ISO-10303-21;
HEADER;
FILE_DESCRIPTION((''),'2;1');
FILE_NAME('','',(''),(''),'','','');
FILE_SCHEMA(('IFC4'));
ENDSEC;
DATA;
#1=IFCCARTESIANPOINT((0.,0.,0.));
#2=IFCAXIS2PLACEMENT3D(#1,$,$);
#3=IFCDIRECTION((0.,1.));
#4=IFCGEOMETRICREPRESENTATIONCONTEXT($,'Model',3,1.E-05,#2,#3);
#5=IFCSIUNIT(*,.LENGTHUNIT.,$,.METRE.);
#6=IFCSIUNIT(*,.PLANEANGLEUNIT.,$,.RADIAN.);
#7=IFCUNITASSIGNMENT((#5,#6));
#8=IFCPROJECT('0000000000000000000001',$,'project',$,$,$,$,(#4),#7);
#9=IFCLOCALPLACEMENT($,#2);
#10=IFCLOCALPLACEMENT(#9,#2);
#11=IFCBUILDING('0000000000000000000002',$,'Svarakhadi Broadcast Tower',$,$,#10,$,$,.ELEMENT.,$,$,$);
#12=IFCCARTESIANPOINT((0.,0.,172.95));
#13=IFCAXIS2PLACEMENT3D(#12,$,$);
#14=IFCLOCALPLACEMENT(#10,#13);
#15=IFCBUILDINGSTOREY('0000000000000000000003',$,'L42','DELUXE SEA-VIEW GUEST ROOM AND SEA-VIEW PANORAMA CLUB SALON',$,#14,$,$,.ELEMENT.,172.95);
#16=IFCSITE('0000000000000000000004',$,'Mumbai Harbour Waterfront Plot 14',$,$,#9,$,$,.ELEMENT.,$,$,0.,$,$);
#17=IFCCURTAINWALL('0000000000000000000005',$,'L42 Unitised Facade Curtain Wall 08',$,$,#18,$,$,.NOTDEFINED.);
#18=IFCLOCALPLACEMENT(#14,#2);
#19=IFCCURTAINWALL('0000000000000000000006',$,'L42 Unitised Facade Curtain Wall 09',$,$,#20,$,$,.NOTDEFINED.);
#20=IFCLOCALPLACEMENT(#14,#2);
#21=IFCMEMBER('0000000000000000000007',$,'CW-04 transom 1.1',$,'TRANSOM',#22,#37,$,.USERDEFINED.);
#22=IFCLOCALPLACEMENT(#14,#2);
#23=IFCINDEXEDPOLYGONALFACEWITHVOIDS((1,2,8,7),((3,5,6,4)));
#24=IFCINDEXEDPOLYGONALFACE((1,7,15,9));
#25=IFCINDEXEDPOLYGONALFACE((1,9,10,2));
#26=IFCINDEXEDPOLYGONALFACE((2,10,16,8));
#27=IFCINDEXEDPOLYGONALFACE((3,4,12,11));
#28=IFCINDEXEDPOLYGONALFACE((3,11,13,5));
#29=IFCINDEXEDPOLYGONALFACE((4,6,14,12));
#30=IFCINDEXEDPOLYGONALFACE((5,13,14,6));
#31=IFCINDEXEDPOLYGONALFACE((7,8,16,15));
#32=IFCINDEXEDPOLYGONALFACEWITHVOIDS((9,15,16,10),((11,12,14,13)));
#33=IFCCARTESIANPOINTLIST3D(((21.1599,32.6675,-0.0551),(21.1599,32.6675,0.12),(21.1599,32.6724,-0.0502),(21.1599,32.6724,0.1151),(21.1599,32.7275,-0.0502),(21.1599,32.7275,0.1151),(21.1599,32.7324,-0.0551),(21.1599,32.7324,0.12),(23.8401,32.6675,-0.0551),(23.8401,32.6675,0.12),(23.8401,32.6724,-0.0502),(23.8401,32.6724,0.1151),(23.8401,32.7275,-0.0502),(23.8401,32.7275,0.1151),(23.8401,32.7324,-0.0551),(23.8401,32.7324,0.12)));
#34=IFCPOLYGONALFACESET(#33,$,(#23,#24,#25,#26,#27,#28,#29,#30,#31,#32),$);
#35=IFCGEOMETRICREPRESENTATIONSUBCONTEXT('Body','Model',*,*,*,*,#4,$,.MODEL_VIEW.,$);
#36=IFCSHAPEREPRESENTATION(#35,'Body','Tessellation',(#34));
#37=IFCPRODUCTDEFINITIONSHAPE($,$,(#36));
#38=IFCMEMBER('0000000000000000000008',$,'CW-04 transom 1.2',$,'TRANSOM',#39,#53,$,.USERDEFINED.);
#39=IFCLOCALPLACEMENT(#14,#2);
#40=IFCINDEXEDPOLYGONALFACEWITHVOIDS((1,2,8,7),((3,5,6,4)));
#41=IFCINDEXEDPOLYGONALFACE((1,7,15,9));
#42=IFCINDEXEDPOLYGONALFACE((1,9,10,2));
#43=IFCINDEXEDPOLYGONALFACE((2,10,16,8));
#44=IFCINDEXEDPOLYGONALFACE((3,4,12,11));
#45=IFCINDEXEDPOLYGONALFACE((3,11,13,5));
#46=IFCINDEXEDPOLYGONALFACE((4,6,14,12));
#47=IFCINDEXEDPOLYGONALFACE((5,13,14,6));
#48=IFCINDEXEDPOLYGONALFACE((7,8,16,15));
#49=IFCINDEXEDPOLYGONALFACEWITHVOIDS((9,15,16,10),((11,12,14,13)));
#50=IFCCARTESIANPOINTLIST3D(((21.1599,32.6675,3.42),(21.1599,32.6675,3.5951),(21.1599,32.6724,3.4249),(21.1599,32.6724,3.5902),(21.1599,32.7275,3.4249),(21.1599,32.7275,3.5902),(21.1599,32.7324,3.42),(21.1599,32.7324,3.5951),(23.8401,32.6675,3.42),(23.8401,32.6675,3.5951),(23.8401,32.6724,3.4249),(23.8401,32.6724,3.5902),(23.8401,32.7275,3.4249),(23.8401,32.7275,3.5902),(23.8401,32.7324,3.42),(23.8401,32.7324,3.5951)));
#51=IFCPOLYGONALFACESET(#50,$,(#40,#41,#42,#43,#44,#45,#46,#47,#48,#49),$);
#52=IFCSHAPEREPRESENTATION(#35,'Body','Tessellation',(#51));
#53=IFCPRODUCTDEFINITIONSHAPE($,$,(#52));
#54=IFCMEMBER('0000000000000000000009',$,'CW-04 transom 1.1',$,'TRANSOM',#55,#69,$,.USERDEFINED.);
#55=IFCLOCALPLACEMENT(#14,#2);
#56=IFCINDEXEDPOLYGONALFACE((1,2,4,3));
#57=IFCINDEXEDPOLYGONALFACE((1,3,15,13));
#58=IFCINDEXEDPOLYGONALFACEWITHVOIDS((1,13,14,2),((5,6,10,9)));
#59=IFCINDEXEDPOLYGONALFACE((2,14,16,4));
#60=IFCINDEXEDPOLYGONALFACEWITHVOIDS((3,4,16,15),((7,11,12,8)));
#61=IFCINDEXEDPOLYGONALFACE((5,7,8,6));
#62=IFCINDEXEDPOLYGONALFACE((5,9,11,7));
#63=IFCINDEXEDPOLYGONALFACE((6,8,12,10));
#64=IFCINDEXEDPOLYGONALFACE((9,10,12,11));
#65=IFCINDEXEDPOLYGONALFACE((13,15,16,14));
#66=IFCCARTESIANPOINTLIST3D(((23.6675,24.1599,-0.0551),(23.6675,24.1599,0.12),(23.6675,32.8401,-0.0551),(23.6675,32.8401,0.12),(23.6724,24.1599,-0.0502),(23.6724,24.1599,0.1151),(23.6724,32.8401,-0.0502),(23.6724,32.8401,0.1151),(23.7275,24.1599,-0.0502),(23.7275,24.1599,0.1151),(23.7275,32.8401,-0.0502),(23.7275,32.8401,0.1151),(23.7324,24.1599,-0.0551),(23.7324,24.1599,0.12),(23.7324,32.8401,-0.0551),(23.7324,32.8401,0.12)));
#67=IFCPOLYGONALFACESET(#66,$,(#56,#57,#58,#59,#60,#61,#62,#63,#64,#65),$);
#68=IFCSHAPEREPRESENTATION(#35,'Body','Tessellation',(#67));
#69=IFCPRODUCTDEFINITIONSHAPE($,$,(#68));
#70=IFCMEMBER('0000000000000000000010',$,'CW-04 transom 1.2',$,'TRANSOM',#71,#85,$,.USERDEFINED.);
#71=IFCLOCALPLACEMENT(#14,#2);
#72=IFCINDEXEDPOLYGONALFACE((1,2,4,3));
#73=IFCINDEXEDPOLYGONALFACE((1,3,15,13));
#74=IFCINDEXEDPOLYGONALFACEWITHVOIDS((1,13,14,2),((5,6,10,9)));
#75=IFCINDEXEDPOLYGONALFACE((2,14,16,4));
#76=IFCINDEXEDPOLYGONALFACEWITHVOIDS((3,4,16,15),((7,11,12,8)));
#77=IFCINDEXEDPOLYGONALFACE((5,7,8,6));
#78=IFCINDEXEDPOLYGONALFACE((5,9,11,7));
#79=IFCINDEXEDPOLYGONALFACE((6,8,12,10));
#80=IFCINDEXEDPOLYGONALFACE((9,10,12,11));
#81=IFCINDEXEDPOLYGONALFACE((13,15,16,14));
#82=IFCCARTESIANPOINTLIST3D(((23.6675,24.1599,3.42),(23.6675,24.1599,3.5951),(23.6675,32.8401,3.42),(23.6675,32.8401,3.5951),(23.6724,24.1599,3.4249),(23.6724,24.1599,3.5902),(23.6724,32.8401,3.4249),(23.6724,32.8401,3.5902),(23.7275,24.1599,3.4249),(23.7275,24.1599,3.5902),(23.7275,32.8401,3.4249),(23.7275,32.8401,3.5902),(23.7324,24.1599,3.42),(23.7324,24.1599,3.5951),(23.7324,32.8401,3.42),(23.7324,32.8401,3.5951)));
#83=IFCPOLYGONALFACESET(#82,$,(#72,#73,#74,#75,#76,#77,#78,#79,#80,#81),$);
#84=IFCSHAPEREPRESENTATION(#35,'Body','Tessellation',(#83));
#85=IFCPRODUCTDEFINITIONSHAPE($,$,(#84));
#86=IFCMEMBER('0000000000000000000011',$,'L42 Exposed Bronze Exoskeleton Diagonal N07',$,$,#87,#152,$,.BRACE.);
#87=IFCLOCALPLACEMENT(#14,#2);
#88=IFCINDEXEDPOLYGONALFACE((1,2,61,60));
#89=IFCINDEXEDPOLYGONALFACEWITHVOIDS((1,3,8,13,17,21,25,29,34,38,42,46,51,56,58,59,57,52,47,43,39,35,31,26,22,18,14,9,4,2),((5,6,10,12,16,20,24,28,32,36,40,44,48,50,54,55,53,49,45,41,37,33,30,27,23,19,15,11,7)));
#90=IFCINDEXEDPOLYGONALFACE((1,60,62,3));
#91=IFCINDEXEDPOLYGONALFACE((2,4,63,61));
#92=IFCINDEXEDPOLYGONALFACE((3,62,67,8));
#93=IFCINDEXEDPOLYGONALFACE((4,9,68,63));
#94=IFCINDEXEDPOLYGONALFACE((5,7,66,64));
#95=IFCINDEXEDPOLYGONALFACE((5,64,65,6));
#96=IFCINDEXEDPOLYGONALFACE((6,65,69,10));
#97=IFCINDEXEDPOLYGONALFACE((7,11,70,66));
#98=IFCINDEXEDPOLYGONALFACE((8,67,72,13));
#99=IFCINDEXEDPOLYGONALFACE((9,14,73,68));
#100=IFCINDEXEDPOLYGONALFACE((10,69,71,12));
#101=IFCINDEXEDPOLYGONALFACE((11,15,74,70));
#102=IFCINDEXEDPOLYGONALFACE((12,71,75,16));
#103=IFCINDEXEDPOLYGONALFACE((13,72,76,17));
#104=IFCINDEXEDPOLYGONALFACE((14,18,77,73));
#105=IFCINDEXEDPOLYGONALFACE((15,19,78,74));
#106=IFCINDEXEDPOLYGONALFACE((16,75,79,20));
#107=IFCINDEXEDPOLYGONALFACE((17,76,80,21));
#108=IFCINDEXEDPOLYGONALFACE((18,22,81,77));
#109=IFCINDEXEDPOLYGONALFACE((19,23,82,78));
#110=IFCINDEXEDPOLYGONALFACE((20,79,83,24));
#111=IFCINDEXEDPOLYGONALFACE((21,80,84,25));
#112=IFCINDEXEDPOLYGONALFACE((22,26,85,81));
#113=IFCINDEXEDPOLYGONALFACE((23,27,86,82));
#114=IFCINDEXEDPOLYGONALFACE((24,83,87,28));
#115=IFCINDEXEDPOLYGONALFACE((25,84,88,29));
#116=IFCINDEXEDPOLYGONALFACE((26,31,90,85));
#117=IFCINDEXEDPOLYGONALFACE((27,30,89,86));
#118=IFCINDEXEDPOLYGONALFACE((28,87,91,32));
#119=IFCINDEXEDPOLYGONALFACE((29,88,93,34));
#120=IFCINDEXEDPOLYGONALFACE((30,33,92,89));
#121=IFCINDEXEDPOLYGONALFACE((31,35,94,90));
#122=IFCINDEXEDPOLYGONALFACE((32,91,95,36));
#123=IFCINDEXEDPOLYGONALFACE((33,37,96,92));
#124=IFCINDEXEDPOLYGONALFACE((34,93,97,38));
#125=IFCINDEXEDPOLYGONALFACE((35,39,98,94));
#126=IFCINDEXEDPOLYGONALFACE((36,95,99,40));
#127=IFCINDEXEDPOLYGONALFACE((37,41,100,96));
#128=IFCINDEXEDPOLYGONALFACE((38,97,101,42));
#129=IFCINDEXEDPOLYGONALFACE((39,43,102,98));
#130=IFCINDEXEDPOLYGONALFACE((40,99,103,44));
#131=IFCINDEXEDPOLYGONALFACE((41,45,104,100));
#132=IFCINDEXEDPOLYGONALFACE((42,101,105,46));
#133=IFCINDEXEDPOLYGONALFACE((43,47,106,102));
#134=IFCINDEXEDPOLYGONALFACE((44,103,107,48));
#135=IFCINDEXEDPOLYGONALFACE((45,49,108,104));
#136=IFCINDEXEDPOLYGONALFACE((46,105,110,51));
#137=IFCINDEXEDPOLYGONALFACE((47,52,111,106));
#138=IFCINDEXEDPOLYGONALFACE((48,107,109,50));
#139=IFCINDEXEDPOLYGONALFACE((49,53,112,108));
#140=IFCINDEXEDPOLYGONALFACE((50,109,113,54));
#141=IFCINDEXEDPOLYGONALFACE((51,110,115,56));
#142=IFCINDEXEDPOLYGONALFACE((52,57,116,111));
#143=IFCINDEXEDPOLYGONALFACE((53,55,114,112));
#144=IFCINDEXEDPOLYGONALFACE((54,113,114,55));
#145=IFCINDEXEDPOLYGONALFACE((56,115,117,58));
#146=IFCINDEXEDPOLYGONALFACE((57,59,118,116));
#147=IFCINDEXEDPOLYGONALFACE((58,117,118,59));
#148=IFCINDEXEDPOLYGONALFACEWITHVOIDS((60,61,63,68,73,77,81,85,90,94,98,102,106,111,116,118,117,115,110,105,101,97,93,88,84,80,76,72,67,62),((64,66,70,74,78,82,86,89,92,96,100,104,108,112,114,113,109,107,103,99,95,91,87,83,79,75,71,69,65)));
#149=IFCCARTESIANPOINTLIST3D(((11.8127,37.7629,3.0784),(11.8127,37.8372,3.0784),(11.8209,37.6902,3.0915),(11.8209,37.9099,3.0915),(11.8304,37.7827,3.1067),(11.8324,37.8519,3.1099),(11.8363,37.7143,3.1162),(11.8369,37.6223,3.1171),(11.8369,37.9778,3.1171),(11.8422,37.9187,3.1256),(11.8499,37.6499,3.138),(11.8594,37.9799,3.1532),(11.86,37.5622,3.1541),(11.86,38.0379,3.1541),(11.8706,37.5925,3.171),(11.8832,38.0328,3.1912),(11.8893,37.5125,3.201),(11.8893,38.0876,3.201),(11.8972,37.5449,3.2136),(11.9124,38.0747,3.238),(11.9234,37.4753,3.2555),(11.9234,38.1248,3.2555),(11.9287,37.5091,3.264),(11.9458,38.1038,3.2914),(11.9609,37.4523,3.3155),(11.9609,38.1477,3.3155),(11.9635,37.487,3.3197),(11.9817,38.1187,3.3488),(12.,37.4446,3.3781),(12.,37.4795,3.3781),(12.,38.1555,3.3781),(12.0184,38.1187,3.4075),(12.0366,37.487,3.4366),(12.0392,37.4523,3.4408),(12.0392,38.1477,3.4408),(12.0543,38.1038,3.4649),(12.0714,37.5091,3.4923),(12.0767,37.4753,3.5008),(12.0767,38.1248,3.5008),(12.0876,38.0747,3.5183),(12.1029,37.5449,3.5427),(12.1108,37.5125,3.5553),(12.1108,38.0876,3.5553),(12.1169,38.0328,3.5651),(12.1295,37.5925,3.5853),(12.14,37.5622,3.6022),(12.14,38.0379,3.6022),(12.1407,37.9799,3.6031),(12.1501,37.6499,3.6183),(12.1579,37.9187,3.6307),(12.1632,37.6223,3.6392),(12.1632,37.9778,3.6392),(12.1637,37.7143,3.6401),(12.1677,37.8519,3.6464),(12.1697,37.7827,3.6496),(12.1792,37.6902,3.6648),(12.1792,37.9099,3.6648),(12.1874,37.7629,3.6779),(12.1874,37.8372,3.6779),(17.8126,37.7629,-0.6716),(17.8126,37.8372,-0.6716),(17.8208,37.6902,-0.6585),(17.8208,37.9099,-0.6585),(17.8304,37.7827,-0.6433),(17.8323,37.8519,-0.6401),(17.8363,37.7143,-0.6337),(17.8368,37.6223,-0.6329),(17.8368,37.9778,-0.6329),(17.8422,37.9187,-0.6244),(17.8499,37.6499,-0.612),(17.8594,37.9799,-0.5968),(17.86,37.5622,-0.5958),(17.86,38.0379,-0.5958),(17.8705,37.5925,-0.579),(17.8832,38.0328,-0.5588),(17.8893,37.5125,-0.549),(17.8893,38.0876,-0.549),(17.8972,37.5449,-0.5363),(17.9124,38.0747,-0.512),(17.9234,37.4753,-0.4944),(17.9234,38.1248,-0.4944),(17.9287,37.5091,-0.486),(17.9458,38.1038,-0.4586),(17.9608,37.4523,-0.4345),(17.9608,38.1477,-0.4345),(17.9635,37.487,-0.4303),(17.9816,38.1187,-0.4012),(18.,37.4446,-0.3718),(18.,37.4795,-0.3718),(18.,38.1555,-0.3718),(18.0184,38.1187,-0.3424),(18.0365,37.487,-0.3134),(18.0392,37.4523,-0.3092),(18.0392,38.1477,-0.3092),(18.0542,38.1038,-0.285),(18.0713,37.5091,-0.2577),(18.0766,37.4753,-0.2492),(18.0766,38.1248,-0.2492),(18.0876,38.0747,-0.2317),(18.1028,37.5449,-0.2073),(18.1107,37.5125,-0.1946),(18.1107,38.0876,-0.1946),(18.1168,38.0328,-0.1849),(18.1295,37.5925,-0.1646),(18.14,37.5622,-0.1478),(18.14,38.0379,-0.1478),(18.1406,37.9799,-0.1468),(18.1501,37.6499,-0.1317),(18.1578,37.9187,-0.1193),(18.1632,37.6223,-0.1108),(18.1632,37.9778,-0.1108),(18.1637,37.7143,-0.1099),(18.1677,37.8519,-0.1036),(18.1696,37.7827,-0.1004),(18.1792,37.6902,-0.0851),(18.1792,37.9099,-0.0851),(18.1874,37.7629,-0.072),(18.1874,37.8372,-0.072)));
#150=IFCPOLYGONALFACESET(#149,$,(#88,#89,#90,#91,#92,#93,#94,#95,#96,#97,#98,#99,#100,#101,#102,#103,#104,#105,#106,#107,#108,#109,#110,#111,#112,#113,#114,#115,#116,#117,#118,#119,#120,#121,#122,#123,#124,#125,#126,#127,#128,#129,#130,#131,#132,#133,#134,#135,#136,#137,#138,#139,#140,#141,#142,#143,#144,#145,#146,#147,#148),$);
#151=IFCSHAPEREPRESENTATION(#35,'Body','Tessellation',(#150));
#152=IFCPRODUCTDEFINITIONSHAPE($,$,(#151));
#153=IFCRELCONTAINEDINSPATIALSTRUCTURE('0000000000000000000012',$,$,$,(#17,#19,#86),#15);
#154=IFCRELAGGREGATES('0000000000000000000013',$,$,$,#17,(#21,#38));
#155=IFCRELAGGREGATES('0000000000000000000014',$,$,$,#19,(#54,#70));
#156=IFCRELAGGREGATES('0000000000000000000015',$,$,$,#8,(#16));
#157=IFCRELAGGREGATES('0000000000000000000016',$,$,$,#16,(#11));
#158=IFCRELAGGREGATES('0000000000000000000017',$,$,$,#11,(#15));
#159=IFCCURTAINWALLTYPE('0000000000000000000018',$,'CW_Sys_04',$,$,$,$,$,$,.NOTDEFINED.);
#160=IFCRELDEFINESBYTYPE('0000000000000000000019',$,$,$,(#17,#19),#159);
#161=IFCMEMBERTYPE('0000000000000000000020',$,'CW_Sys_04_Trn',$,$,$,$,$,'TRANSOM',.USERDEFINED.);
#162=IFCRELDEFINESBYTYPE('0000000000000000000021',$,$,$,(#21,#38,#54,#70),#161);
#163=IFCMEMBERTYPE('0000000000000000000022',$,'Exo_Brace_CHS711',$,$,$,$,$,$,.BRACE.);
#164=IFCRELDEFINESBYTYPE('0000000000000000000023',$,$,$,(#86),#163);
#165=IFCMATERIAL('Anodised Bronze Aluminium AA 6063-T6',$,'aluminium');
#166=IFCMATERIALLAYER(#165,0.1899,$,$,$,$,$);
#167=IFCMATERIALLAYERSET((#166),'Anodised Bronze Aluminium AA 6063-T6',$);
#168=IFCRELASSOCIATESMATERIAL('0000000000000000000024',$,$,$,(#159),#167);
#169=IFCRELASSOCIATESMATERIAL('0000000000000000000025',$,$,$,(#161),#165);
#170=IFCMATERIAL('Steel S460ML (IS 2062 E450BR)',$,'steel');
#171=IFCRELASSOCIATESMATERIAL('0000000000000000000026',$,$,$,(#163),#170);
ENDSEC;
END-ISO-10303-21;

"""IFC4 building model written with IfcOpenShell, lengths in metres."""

from ifc_helpers import new_model, si_unit, direction, frame, origin, origin_2d, place, context, subcontext, project, spatial, hollow_rectangle, hollow_circle, extrude, material, layer, layer_set, material_profile, profile_set, type_object, element, aggregate, save


model = new_model("IFC4")

# Units and contexts
model_context = context("Model", 3, precision=1e-05, world=origin(), true_north=direction((0.0, 1.0)))
body_context = subcontext(model_context, "Body", "Model", "MODEL_VIEW")
ifc_project = project(units=[si_unit("LENGTHUNIT", "METRE"), si_unit("PLANEANGLEUNIT", "RADIAN")], contexts=[model_context])

# Site, building, storey
site_placement = place(None, origin())
site = spatial("IfcSite", under=ifc_project, at=site_placement, Name="Mumbai Harbour Waterfront Plot 14", CompositionType="ELEMENT", RefElevation=0.0)
building_placement = place(site_placement, origin())
building = spatial("IfcBuilding", under=site, at=building_placement, Name="Svarakhadi Broadcast Tower", CompositionType="ELEMENT")
storey_placement = place(building_placement, frame((0.0, 0.0, 172.95)))
storey = spatial("IfcBuildingStorey", under=building, at=storey_placement, Name="L42", Description="DELUXE SEA-VIEW GUEST ROOM AND SEA-VIEW PANORAMA CLUB SALON", CompositionType="ELEMENT", Elevation=172.95)

# Curtain wall
ifc_material_1 = material(Name="Anodised Bronze Aluminium AA 6063-T6", Category="aluminium")
ifc_layer_1 = layer(ifc_material_1, 0.1899)
ifc_layer_set_1 = layer_set([ifc_layer_1], Name="Anodised Bronze Aluminium AA 6063-T6")
curtain_wall_type = type_object("IfcCurtainWallType", Name="CW_Sys_04", PredefinedType="NOTDEFINED", material=ifc_layer_set_1)
curtain_wall_1_placement = place(storey_placement, origin())
curtain_wall_1 = element("IfcCurtainWall", 1, at=curtain_wall_1_placement, inside=storey, type_object=curtain_wall_type, Name="L42 Unitised Facade Curtain Wall 08", PredefinedType="NOTDEFINED")

# Curtain wall
curtain_wall_2_placement = place(storey_placement, origin())
curtain_wall_2 = element("IfcCurtainWall", 2, at=curtain_wall_2_placement, inside=storey, type_object=curtain_wall_type, Name="L42 Unitised Facade Curtain Wall 09", PredefinedType="NOTDEFINED")

# Members
ifc_material_profile_1 = material_profile(ifc_material_1, hollow_rectangle(XDim=0.0649, YDim=0.175, WallThickness=0.0049, at=origin_2d()), Name="ALU TRANSOM 175x65x5")
ifc_profile_set_1 = profile_set([ifc_material_profile_1], Name="Anodised Bronze Aluminium AA 6063-T6")
member_type_1 = type_object("IfcMemberType", Name="CW_Sys_04_Trn", ElementType="TRANSOM", PredefinedType="USERDEFINED", material=ifc_profile_set_1)
member_1_placement = place(storey_placement, frame((21.1599, 32.7, 0.0325), z_axis=(1.0, 0.0, 0.0), x_axis=(0.0, 1.0, 0.0)))
member_1 = element("IfcMember", 3, at=member_1_placement, type_object=member_type_1, Name="CW-04 transom 1.1", ObjectType="TRANSOM", PredefinedType="USERDEFINED", context=body_context, shape_type="SweptSolid", body=[
    extrude(hollow_rectangle(XDim=0.0649, YDim=0.175, WallThickness=0.0049, at=origin_2d()), origin(), (0.0, 0.0, 1.0), 2.6802),
])
member_2_placement = place(storey_placement, frame((21.1599, 32.7, 3.5076), z_axis=(1.0, 0.0, 0.0), x_axis=(0.0, 1.0, 0.0)))
member_2 = element("IfcMember", 4, at=member_2_placement, type_object=member_type_1, Name="CW-04 transom 1.2", ObjectType="TRANSOM", PredefinedType="USERDEFINED", context=body_context, shape_type="SweptSolid", body=[
    extrude(hollow_rectangle(XDim=0.0649, YDim=0.175, WallThickness=0.0049, at=origin_2d()), origin(), (0.0, 0.0, 1.0), 2.6802),
])
member_3_placement = place(storey_placement, frame((23.7, 32.8401, 0.0325), z_axis=(0.0, -1.0, 0.0), x_axis=(1.0, 0.0, 0.0)))
member_3 = element("IfcMember", 5, at=member_3_placement, type_object=member_type_1, Name="CW-04 transom 1.1", ObjectType="TRANSOM", PredefinedType="USERDEFINED", context=body_context, shape_type="SweptSolid", body=[
    extrude(hollow_rectangle(XDim=0.0649, YDim=0.175, WallThickness=0.0049, at=origin_2d()), origin(), (0.0, 0.0, 1.0), 8.6802),
])
member_4_placement = place(storey_placement, frame((23.7, 32.8401, 3.5076), z_axis=(0.0, -1.0, 0.0), x_axis=(1.0, 0.0, 0.0)))
member_4 = element("IfcMember", 6, at=member_4_placement, type_object=member_type_1, Name="CW-04 transom 1.2", ObjectType="TRANSOM", PredefinedType="USERDEFINED", context=body_context, shape_type="SweptSolid", body=[
    extrude(hollow_rectangle(XDim=0.0649, YDim=0.175, WallThickness=0.0049, at=origin_2d()), origin(), (0.0, 0.0, 1.0), 8.6802),
])

# Member
ifc_material_2 = material(Name="Steel S460ML (IS 2062 E450BR)", Category="steel")
ifc_material_profile_2 = material_profile(ifc_material_2, hollow_circle(Radius=0.3555, WallThickness=0.0349, at=origin_2d()), Name="CHS 711x35")
ifc_profile_set_2 = profile_set([ifc_material_profile_2], Name="Steel S460ML (IS 2062 E450BR)")
member_type_2 = type_object("IfcMemberType", Name="Exo_Brace_CHS711", PredefinedType="BRACE", material=ifc_profile_set_2)
member_5_placement = place(storey_placement, frame((18.0, 37.8, -0.3718), z_axis=(-0.847998, 0.0, 0.529999), x_axis=(0.0, -1.0, 0.0)))
element("IfcMember", 7, at=member_5_placement, inside=storey, type_object=member_type_2, Name="L42 Exposed Bronze Exoskeleton Diagonal N07", PredefinedType="BRACE", context=body_context, shape_type="SweptSolid", body=[
    extrude(hollow_circle(Radius=0.3555, WallThickness=0.0349, at=origin_2d()), origin(), (0.0, 0.0, 1.0), 7.0754),
])

aggregate(curtain_wall_1, [member_1, member_2])
aggregate(curtain_wall_2, [member_3, member_4])

save(model, "model.ifc")
